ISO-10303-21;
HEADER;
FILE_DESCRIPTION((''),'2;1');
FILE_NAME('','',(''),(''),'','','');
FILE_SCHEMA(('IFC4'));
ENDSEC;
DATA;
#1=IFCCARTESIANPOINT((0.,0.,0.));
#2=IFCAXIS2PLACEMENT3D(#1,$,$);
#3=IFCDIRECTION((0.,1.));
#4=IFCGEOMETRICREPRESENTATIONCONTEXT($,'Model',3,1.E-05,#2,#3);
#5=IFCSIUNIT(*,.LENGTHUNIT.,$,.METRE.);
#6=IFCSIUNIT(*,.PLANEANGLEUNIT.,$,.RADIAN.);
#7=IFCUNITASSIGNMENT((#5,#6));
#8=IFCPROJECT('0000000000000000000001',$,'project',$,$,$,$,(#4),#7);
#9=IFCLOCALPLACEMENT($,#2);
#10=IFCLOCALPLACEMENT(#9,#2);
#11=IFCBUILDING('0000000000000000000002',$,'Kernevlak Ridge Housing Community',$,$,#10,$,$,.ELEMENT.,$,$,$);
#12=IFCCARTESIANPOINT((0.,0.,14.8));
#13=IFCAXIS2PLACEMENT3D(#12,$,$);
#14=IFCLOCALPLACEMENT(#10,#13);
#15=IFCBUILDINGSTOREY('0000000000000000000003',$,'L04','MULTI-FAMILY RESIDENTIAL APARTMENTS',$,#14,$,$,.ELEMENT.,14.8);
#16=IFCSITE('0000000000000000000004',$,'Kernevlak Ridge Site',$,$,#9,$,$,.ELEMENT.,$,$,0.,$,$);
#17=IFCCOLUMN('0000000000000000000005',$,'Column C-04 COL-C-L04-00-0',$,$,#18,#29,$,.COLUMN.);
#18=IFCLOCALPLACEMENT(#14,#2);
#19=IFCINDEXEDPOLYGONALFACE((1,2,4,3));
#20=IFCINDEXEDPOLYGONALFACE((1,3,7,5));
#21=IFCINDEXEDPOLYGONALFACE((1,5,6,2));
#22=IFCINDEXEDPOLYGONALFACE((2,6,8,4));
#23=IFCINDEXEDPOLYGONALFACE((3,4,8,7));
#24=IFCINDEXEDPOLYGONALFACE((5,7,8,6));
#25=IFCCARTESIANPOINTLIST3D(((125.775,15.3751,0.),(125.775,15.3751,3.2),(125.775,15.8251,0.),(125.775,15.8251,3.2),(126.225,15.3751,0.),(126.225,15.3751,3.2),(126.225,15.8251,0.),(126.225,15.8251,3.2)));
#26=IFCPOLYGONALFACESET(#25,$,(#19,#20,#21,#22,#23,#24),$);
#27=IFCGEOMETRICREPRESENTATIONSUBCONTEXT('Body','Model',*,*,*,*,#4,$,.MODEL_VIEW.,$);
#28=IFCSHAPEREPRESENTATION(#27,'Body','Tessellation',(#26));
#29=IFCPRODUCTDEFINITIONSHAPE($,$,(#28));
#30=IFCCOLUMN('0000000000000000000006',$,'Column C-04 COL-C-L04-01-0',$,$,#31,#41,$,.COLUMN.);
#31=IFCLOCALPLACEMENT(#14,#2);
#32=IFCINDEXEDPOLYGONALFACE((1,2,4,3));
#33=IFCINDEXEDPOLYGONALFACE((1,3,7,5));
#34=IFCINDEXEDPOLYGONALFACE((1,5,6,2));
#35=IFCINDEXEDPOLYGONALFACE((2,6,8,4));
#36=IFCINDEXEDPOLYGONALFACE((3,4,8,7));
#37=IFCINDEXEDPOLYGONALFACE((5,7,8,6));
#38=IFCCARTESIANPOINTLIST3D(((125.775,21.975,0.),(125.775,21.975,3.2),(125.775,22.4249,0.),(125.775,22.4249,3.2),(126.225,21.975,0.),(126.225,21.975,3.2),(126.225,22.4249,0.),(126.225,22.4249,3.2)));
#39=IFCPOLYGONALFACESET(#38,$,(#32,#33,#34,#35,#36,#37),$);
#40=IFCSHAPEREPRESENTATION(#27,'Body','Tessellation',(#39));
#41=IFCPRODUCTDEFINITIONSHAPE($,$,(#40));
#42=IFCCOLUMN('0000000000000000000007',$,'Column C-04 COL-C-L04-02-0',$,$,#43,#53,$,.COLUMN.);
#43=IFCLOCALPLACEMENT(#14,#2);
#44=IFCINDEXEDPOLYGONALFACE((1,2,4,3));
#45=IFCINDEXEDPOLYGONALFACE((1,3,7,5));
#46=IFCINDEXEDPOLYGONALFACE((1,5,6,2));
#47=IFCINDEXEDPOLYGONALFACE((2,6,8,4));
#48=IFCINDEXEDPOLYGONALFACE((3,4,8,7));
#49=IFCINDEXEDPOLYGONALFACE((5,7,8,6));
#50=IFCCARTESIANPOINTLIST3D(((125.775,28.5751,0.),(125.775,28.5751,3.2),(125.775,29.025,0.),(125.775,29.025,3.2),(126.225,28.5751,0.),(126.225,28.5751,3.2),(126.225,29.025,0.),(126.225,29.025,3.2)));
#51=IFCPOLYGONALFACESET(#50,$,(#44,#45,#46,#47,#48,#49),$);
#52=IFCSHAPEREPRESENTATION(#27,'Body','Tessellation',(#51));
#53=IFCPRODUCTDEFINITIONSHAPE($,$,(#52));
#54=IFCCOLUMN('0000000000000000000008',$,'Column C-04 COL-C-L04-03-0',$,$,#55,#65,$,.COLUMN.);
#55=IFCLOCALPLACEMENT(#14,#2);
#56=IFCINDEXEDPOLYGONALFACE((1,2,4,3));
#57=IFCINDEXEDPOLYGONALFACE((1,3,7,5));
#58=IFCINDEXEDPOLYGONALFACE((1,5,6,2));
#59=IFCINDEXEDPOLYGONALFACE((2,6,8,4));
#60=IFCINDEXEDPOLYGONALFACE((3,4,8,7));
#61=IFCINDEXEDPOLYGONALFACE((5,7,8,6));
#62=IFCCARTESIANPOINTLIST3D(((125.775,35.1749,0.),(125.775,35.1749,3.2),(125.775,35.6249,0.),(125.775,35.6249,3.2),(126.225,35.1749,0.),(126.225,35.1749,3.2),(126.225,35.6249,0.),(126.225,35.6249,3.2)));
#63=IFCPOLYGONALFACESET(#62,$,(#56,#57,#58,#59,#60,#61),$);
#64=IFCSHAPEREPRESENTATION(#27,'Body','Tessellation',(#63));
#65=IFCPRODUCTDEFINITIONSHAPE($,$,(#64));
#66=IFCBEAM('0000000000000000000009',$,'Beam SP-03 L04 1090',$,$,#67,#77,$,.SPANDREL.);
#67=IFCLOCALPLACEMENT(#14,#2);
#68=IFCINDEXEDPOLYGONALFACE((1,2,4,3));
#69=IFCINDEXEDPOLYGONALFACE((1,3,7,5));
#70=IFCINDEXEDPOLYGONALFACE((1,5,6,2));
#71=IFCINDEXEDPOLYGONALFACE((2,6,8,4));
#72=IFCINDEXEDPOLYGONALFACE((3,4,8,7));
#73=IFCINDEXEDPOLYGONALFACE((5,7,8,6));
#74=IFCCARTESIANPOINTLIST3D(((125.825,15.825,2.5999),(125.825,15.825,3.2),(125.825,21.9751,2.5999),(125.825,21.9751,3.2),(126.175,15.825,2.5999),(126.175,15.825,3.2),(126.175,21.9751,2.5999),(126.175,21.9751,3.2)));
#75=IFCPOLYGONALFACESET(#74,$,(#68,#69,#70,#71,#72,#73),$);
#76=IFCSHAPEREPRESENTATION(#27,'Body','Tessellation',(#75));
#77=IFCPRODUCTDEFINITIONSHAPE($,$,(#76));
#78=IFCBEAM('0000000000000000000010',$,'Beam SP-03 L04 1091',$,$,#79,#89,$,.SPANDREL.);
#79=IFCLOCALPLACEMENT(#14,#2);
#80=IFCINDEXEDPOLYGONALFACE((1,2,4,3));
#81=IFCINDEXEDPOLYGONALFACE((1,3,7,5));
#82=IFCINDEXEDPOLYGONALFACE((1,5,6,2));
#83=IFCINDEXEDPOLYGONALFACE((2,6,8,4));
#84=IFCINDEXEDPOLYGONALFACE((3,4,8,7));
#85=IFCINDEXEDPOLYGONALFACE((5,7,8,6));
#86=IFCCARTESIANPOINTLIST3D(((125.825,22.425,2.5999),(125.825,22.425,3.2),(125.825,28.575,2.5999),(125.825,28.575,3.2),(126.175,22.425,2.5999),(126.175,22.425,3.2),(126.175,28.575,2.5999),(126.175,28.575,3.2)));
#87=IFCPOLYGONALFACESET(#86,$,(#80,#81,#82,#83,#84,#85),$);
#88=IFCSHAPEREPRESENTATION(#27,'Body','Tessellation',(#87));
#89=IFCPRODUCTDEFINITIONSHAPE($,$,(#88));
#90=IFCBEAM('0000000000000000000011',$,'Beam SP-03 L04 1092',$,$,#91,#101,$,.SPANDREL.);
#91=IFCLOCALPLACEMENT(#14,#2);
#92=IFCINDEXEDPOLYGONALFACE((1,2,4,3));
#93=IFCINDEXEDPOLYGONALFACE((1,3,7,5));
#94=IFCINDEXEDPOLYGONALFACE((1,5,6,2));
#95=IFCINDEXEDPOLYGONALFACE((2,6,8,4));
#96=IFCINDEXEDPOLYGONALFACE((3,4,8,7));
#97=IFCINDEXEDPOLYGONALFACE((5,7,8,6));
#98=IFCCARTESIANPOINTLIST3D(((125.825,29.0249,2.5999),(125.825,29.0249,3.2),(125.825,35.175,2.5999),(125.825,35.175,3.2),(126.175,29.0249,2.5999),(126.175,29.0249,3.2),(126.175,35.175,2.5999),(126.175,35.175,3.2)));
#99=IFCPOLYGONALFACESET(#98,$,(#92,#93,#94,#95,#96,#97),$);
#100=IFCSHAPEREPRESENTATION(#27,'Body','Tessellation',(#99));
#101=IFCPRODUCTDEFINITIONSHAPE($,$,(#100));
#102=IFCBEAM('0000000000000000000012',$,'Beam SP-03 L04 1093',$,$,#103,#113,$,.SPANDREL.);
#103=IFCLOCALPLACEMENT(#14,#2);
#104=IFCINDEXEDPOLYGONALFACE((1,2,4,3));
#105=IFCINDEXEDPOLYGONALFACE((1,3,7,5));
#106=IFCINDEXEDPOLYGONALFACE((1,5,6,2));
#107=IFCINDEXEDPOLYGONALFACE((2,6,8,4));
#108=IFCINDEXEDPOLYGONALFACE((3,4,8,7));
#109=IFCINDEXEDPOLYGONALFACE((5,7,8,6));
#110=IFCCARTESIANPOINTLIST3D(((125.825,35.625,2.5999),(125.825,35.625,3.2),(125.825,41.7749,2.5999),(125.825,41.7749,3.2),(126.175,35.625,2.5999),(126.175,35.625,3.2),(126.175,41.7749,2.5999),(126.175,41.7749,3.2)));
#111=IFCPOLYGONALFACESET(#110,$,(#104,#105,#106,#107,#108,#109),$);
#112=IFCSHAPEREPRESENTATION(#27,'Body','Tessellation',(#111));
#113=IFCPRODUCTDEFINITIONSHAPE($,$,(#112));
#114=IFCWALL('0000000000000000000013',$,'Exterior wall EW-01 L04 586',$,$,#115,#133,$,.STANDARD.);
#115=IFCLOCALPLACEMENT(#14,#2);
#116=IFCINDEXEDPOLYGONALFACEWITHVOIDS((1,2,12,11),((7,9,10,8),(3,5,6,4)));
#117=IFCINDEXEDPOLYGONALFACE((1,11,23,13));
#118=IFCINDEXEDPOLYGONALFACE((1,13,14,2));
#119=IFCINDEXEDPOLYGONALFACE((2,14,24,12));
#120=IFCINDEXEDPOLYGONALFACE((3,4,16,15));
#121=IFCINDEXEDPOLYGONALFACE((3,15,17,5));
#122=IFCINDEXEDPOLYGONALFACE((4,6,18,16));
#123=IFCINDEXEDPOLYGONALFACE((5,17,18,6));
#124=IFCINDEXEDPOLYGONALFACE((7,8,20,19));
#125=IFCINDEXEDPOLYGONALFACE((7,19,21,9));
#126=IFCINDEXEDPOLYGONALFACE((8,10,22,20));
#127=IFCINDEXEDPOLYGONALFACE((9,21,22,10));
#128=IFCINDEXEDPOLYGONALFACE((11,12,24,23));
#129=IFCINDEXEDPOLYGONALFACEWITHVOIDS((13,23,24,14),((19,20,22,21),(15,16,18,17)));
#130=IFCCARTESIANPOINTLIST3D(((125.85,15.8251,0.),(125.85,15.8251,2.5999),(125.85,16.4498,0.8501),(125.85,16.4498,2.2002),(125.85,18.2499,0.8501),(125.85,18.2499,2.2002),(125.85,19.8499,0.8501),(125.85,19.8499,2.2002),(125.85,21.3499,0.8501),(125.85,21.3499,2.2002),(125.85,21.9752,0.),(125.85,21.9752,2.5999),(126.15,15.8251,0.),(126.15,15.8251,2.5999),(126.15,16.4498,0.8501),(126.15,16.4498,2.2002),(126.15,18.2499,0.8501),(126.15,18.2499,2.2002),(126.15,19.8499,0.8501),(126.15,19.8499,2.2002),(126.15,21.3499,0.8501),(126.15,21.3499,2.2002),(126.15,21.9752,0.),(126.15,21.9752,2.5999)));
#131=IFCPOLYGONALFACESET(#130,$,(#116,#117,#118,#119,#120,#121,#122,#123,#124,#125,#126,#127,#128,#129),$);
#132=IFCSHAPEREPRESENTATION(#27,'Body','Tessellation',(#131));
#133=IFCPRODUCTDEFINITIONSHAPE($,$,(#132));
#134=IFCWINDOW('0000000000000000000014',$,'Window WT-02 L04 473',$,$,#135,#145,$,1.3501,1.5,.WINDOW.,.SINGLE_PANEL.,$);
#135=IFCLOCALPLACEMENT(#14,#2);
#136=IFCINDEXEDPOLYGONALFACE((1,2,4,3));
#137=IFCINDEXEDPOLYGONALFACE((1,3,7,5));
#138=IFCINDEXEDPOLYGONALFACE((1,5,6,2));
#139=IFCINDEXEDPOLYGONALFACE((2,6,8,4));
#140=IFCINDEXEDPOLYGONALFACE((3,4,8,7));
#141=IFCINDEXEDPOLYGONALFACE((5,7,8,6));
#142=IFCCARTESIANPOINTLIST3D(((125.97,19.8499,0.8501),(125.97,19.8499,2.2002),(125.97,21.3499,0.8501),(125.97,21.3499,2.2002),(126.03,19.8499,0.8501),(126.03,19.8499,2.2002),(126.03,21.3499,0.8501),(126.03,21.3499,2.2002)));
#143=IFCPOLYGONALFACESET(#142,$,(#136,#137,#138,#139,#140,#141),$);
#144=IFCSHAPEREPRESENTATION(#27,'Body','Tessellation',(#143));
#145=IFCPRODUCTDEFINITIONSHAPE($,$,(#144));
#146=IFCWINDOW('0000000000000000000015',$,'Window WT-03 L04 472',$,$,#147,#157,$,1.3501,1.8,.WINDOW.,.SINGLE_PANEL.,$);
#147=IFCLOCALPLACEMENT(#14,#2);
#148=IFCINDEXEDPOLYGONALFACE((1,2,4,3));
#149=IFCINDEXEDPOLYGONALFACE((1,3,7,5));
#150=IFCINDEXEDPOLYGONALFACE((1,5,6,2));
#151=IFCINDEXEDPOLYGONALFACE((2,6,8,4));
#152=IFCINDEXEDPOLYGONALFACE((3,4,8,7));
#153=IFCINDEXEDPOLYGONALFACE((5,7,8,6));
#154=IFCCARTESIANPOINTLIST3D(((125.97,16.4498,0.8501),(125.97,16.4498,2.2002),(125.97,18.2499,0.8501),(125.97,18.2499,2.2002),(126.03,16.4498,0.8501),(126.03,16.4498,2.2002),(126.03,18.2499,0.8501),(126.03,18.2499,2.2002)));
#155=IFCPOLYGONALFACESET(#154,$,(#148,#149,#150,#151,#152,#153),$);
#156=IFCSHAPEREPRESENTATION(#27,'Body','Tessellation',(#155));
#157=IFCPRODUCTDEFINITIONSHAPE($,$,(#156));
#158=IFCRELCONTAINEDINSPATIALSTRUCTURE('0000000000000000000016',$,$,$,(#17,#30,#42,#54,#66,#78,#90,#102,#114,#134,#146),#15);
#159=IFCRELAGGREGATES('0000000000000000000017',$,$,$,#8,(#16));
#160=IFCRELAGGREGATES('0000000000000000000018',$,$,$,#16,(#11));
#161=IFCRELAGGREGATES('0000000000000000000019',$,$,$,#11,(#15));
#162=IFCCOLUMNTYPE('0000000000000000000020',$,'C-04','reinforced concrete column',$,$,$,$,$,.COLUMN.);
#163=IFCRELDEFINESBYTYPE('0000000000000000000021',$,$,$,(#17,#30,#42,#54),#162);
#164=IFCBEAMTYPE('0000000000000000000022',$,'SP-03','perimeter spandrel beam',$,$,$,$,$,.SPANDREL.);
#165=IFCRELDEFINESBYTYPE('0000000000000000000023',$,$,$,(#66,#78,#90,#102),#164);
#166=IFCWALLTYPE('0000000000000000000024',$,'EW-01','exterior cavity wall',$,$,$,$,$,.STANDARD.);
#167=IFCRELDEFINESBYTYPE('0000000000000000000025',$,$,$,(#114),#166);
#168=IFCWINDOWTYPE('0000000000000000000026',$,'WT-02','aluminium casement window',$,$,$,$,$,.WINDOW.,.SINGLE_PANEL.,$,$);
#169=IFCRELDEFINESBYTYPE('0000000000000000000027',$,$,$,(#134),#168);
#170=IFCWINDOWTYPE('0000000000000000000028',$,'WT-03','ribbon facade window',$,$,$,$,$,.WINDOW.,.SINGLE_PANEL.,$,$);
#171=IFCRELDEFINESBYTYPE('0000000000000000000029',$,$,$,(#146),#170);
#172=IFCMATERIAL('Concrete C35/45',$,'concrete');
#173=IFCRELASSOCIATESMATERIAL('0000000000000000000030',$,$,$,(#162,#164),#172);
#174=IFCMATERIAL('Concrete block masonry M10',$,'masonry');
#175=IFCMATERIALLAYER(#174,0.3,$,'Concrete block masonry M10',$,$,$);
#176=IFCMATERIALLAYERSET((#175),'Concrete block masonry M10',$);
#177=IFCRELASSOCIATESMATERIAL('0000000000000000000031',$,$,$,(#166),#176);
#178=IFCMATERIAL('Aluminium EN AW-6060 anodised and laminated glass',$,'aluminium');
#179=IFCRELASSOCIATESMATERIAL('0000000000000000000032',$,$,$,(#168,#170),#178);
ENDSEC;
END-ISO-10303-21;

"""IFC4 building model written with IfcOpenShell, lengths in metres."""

from ifc_helpers import new_model, si_unit, direction, frame, frame_2d, origin, origin_2d, place, context, subcontext, project, spatial, rectangle, extrude, material, layer, layer_set, material_profile, profile_set, type_object, element, fill, save


model = new_model("IFC4")

# Units and contexts
model_context = context("Model", 3, precision=1e-05, world=origin(), true_north=direction((0.0, 1.0)))
body_context = subcontext(model_context, "Body", "Model", "MODEL_VIEW")
ifc_project = project(units=[si_unit("LENGTHUNIT", "METRE"), si_unit("PLANEANGLEUNIT", "RADIAN")], contexts=[model_context])

# Site, building, storey
site_placement = place(None, origin())
site = spatial("IfcSite", under=ifc_project, at=site_placement, Name="Kernevlak Ridge Site", CompositionType="ELEMENT", RefElevation=0.0)
building_placement = place(site_placement, origin())
building = spatial("IfcBuilding", under=site, at=building_placement, Name="Kernevlak Ridge Housing Community", CompositionType="ELEMENT")
storey_placement = place(building_placement, frame((0.0, 0.0, 14.8)))
storey = spatial("IfcBuildingStorey", under=building, at=storey_placement, Name="L04", Description="MULTI-FAMILY RESIDENTIAL APARTMENTS", CompositionType="ELEMENT", Elevation=14.8)

# Columns
ifc_material_1 = material(Name="Concrete C35/45", Category="concrete")
ifc_material_profile_1 = material_profile(ifc_material_1, rectangle(XDim=0.45, YDim=0.45, at=origin_2d()), Name="RC 450x450")
ifc_profile_set_1 = profile_set([ifc_material_profile_1], Name="Concrete C35/45")
column_type = type_object("IfcColumnType", Name="C-04", Description="reinforced concrete column", PredefinedType="COLUMN", material=ifc_profile_set_1)
for number, where, z_axis, x_axis, name in (
    (1, (126.0, 15.6001, 0.0), (0.0, 0.0, 1.0), (1.0, 0.0, 0.0), "Column C-04 COL-C-L04-00-0"),
    (2, (126.0, 22.2, 0.0), (0.0, 0.0, 1.0), (1.0, 0.0, 0.0), "Column C-04 COL-C-L04-01-0"),
    (3, (126.0, 28.8, 0.0), (0.0, 0.0, 1.0), (1.0, 0.0, 0.0), "Column C-04 COL-C-L04-02-0"),
    (4, (126.0, 35.3999, 0.0), (0.0, 0.0, 1.0), (1.0, 0.0, 0.0), "Column C-04 COL-C-L04-03-0"),
):
    element("IfcColumn", number, at=place(storey_placement, frame(where, z_axis=z_axis, x_axis=x_axis)), inside=storey, type_object=column_type, Name=name, PredefinedType="COLUMN", context=body_context, shape_type="SweptSolid", body=[
        extrude(rectangle(XDim=0.45, YDim=0.45, at=origin_2d()), origin(), (0.0, 0.0, 1.0), 3.2),
    ])

# Beams
ifc_material_profile_2 = material_profile(ifc_material_1, rectangle(XDim=0.3501, YDim=0.6001, at=origin_2d()), Name="RC 350x600")
ifc_profile_set_2 = profile_set([ifc_material_profile_2], Name="Concrete C35/45")
beam_type = type_object("IfcBeamType", Name="SP-03", Description="perimeter spandrel beam", PredefinedType="SPANDREL", material=ifc_profile_set_2)
beam_1_placement = place(storey_placement, frame((126.0, 15.825, 2.8999), z_axis=(0.0, 1.0, 0.0), x_axis=(-1.0, 0.0, 0.0)))
element("IfcBeam", 5, at=beam_1_placement, inside=storey, type_object=beam_type, Name="Beam SP-03 L04 1090", PredefinedType="SPANDREL", context=body_context, shape_type="SweptSolid", body=[
    extrude(rectangle(XDim=0.3501, YDim=0.6001, at=origin_2d()), origin(), (0.0, 0.0, 1.0), 6.1501),
])
beam_2_placement = place(storey_placement, frame((126.0, 22.425, 2.8999), z_axis=(0.0, 1.0, 0.0), x_axis=(-1.0, 0.0, 0.0)))
element("IfcBeam", 6, at=beam_2_placement, inside=storey, type_object=beam_type, Name="Beam SP-03 L04 1091", PredefinedType="SPANDREL", context=body_context, shape_type="SweptSolid", body=[
    extrude(rectangle(XDim=0.3501, YDim=0.6001, at=origin_2d()), origin(), (0.0, 0.0, 1.0), 6.1499),
])
beam_3_placement = place(storey_placement, frame((126.0, 29.0249, 2.8999), z_axis=(0.0, 1.0, 0.0), x_axis=(-1.0, 0.0, 0.0)))
element("IfcBeam", 7, at=beam_3_placement, inside=storey, type_object=beam_type, Name="Beam SP-03 L04 1092", PredefinedType="SPANDREL", context=body_context, shape_type="SweptSolid", body=[
    extrude(rectangle(XDim=0.3501, YDim=0.6001, at=origin_2d()), origin(), (0.0, 0.0, 1.0), 6.1501),
])
beam_4_placement = place(storey_placement, frame((126.0, 35.625, 2.8999), z_axis=(0.0, 1.0, 0.0), x_axis=(-1.0, 0.0, 0.0)))
element("IfcBeam", 8, at=beam_4_placement, inside=storey, type_object=beam_type, Name="Beam SP-03 L04 1093", PredefinedType="SPANDREL", context=body_context, shape_type="SweptSolid", body=[
    extrude(rectangle(XDim=0.3501, YDim=0.6001, at=origin_2d()), origin(), (0.0, 0.0, 1.0), 6.1499),
])

# Wall, openings, windows
ifc_material_2 = material(Name="Concrete block masonry M10", Category="masonry")
ifc_layer = layer(ifc_material_2, 0.3, Name="Concrete block masonry M10")
ifc_layer_set = layer_set([ifc_layer], Name="Concrete block masonry M10")
wall_type = type_object("IfcWallType", Name="EW-01", Description="exterior cavity wall", PredefinedType="STANDARD", material=ifc_layer_set)
wall_1_placement = place(storey_placement, frame((126.0, 15.825, 0.0), z_axis=(0.0, 0.0, 1.0), x_axis=(0.0, 1.0, 0.0)))
wall_1 = element("IfcWall", 9, at=wall_1_placement, inside=storey, type_object=wall_type, Name="Exterior wall EW-01 L04 586", PredefinedType="STANDARD", context=body_context, shape_type="SweptSolid", body=[
    extrude(rectangle(XDim=6.1501, YDim=0.3, at=frame_2d((3.0752, 0.0))), origin(), (0.0, 0.0, 1.0), 2.5999),
])
opening_1_placement = place(wall_1_placement, frame((0.625, 0.0, 0.8501)))
opening_1 = element("IfcOpeningElement", 10, at=opening_1_placement, cuts=wall_1, PredefinedType="OPENING", context=body_context, shape_type="SweptSolid", body=[
    extrude(rectangle(XDim=1.8, YDim=1.3501, at=frame_2d((0.8999, 0.675))), frame((0.0, 0.1599, 0.0), z_axis=(0.0, -1.0, 0.0), x_axis=(1.0, 0.0, 0.0)), (0.0, 0.0, 1.0), 0.3201),
])
opening_2_placement = place(wall_1_placement, frame((4.0249, 0.0, 0.8501)))
opening_2 = element("IfcOpeningElement", 11, at=opening_2_placement, cuts=wall_1, PredefinedType="OPENING", context=body_context, shape_type="SweptSolid", body=[
    extrude(rectangle(XDim=1.5, YDim=1.3501, at=frame_2d((0.75, 0.675))), frame((0.0, 0.1599, 0.0), z_axis=(0.0, -1.0, 0.0), x_axis=(1.0, 0.0, 0.0)), (0.0, 0.0, 1.0), 0.3201),
])
ifc_material_3 = material(Name="Aluminium EN AW-6060 anodised and laminated glass", Category="aluminium")
window_type_1 = type_object("IfcWindowType", Name="WT-02", Description="aluminium casement window", PartitioningType="SINGLE_PANEL", PredefinedType="WINDOW", material=ifc_material_3)
window_1_placement = place(opening_2_placement, origin())
window_1 = element("IfcWindow", 12, at=window_1_placement, inside=storey, type_object=window_type_1, Name="Window WT-02 L04 473", OverallHeight=1.3501, OverallWidth=1.5, PartitioningType="SINGLE_PANEL", PredefinedType="WINDOW", context=body_context, shape_type="SweptSolid", body=[
    extrude(rectangle(XDim=1.5, YDim=1.3501, at=frame_2d((0.75, 0.675))), frame((0.0, 0.03, 0.0), z_axis=(0.0, -1.0, 0.0), x_axis=(1.0, 0.0, 0.0)), (0.0, 0.0, 1.0), 0.0601),
])
fill(opening_2, window_1)
window_type_2 = type_object("IfcWindowType", Name="WT-03", Description="ribbon facade window", PartitioningType="SINGLE_PANEL", PredefinedType="WINDOW", material=ifc_material_3)
window_2_placement = place(opening_1_placement, origin())
window_2 = element("IfcWindow", 13, at=window_2_placement, inside=storey, type_object=window_type_2, Name="Window WT-03 L04 472", OverallHeight=1.3501, OverallWidth=1.8, PartitioningType="SINGLE_PANEL", PredefinedType="WINDOW", context=body_context, shape_type="SweptSolid", body=[
    extrude(rectangle(XDim=1.8, YDim=1.3501, at=frame_2d((0.8999, 0.675))), frame((0.0, 0.03, 0.0), z_axis=(0.0, -1.0, 0.0), x_axis=(1.0, 0.0, 0.0)), (0.0, 0.0, 1.0), 0.0601),
])
fill(opening_1, window_2)

save(model, "model.ifc")
